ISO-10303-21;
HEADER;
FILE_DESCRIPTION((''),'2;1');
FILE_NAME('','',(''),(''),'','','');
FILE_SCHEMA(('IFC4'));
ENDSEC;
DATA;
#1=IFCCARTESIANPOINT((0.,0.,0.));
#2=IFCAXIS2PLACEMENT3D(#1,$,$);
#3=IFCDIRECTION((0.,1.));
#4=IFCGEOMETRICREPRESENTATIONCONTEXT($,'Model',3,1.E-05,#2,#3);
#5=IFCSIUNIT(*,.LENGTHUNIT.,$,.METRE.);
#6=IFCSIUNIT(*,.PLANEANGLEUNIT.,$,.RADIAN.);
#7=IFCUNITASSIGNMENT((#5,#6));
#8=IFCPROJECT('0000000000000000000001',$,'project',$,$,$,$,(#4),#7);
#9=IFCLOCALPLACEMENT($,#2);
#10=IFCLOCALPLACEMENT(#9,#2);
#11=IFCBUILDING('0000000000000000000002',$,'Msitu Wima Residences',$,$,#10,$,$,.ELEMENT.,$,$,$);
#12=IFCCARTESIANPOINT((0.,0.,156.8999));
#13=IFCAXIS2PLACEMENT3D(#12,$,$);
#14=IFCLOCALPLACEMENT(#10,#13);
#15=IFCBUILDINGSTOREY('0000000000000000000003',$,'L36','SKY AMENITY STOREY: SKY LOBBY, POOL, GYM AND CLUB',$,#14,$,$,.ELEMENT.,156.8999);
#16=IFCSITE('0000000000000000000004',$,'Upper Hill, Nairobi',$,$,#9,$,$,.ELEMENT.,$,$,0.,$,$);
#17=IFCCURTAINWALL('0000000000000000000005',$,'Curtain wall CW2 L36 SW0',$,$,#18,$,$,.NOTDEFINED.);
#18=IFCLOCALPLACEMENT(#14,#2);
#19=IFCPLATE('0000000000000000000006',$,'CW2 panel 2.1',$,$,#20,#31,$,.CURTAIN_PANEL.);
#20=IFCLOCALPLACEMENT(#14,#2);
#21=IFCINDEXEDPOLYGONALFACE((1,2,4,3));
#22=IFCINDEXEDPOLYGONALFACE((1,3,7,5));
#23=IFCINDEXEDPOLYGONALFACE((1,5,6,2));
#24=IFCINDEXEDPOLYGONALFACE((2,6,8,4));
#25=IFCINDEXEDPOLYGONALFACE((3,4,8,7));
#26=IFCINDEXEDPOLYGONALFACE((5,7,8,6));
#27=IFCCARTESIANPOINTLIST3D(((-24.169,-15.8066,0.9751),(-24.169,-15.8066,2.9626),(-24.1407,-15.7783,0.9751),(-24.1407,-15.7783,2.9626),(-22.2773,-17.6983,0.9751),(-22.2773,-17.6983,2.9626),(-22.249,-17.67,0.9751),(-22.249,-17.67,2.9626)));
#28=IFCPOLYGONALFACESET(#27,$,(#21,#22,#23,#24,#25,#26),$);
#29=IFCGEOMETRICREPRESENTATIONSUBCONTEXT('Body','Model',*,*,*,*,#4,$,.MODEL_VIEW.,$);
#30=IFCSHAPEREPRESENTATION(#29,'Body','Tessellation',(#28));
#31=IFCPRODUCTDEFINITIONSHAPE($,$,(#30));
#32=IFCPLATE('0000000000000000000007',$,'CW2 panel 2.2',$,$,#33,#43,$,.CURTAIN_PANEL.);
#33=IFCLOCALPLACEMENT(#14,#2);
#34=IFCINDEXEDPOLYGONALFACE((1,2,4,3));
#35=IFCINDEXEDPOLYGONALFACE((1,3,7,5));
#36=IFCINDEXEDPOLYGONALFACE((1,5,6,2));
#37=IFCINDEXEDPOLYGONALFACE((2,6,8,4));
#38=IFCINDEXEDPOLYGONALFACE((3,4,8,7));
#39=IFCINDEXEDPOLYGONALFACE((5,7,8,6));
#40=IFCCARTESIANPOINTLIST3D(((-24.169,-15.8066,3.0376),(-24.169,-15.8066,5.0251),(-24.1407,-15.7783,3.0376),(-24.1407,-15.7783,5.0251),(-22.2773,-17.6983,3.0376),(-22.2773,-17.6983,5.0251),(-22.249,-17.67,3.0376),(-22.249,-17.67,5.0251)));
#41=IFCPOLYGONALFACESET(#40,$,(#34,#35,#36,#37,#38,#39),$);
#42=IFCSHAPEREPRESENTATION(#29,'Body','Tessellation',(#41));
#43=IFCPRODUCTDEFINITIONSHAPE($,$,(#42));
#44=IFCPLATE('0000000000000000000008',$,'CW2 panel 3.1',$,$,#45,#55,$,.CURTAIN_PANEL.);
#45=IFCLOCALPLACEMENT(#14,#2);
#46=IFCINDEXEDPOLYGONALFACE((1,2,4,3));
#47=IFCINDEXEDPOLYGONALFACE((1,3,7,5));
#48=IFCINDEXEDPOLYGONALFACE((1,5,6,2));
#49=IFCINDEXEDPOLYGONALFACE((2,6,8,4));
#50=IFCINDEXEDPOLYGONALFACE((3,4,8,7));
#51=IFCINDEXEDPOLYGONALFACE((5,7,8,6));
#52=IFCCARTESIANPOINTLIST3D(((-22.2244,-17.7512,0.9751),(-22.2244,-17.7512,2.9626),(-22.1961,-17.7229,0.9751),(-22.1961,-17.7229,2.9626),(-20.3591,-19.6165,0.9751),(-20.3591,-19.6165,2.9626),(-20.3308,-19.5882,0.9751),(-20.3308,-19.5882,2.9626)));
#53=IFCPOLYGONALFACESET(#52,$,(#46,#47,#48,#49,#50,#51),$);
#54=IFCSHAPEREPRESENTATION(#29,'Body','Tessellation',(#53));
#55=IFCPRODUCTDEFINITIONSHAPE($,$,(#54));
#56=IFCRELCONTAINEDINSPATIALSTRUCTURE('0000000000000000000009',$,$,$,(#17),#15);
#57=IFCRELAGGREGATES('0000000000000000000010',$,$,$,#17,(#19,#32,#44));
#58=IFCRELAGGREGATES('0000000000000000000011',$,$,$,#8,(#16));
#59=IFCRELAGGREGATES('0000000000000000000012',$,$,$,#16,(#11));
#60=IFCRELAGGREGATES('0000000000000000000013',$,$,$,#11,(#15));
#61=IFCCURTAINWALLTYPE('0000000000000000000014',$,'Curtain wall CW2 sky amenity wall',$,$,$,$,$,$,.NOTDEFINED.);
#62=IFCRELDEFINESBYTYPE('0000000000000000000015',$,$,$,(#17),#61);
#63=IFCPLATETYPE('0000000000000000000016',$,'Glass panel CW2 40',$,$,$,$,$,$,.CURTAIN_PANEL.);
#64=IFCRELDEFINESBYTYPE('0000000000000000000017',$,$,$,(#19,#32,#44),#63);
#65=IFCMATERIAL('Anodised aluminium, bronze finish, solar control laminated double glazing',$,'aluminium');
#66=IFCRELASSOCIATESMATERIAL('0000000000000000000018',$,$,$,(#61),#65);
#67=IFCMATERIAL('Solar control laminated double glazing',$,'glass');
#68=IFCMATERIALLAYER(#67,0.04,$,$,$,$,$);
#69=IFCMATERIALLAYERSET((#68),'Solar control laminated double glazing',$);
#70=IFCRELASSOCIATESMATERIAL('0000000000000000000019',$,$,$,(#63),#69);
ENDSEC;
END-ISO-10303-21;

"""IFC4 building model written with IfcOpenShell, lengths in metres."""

from ifc_helpers import new_model, si_unit, direction, frame, origin, origin_2d, place, context, subcontext, project, spatial, rectangle, extrude, material, layer, layer_set, type_object, element, aggregate, save


model = new_model("IFC4")

# Units and contexts
model_context = context("Model", 3, precision=1e-05, world=origin(), true_north=direction((0.0, 1.0)))
body_context = subcontext(model_context, "Body", "Model", "MODEL_VIEW")
ifc_project = project(units=[si_unit("LENGTHUNIT", "METRE"), si_unit("PLANEANGLEUNIT", "RADIAN")], contexts=[model_context])

# Site, building, storey
site_placement = place(None, origin())
site = spatial("IfcSite", under=ifc_project, at=site_placement, Name="Upper Hill, Nairobi", CompositionType="ELEMENT", RefElevation=0.0)
building_placement = place(site_placement, origin())
building = spatial("IfcBuilding", under=site, at=building_placement, Name="Msitu Wima Residences", CompositionType="ELEMENT")
storey_placement = place(building_placement, frame((0.0, 0.0, 156.8999)))
storey = spatial("IfcBuildingStorey", under=building, at=storey_placement, Name="L36", Description="SKY AMENITY STOREY: SKY LOBBY, POOL, GYM AND CLUB", CompositionType="ELEMENT", Elevation=156.8999)

# Curtain wall, plates
ifc_material_1 = material(Name="Anodised aluminium, bronze finish, solar control laminated double glazing", Category="aluminium")
curtain_wall_type = type_object("IfcCurtainWallType", Name="Curtain wall CW2 sky amenity wall", PredefinedType="NOTDEFINED", material=ifc_material_1)
curtain_wall_placement = place(storey_placement, origin())
curtain_wall = element("IfcCurtainWall", 1, at=curtain_wall_placement, inside=storey, type_object=curtain_wall_type, Name="Curtain wall CW2 L36 SW0", PredefinedType="NOTDEFINED")
ifc_material_2 = material(Name="Solar control laminated double glazing", Category="glass")
ifc_layer = layer(ifc_material_2, 0.04)
ifc_layer_set = layer_set([ifc_layer], Name="Solar control laminated double glazing")
plate_type = type_object("IfcPlateType", Name="Glass panel CW2 40", PredefinedType="CURTAIN_PANEL", material=ifc_layer_set)
plate_1_placement = place(storey_placement, frame((-23.209, -16.7383, 0.9751), z_axis=(0.0, 0.0, 1.0), x_axis=(0.707107, -0.707107, 0.0)))
plate_1 = element("IfcPlate", 2, at=plate_1_placement, type_object=plate_type, Name="CW2 panel 2.1", PredefinedType="CURTAIN_PANEL", context=body_context, shape_type="SweptSolid", body=[
    extrude(rectangle(XDim=2.6753, YDim=0.04, at=origin_2d()), origin(), (0.0, 0.0, 1.0), 1.9875),
])
plate_2_placement = place(storey_placement, frame((-23.209, -16.7383, 3.0376), z_axis=(0.0, 0.0, 1.0), x_axis=(0.707107, -0.707107, 0.0)))
plate_2 = element("IfcPlate", 3, at=plate_2_placement, type_object=plate_type, Name="CW2 panel 2.2", PredefinedType="CURTAIN_PANEL", context=body_context, shape_type="SweptSolid", body=[
    extrude(rectangle(XDim=2.6753, YDim=0.04, at=origin_2d()), origin(), (0.0, 0.0, 1.0), 1.9875),
])
plate_3_placement = place(storey_placement, frame((-21.2776, -18.6697, 0.9751), z_axis=(0.0, 0.0, 1.0), x_axis=(0.707107, -0.707107, 0.0)))
plate_3 = element("IfcPlate", 4, at=plate_3_placement, type_object=plate_type, Name="CW2 panel 3.1", PredefinedType="CURTAIN_PANEL", context=body_context, shape_type="SweptSolid", body=[
    extrude(rectangle(XDim=2.6379, YDim=0.04, at=origin_2d()), origin(), (0.0, 0.0, 1.0), 1.9875),
])
aggregate(curtain_wall, [plate_1, plate_2, plate_3])

save(model, "model.ifc")
